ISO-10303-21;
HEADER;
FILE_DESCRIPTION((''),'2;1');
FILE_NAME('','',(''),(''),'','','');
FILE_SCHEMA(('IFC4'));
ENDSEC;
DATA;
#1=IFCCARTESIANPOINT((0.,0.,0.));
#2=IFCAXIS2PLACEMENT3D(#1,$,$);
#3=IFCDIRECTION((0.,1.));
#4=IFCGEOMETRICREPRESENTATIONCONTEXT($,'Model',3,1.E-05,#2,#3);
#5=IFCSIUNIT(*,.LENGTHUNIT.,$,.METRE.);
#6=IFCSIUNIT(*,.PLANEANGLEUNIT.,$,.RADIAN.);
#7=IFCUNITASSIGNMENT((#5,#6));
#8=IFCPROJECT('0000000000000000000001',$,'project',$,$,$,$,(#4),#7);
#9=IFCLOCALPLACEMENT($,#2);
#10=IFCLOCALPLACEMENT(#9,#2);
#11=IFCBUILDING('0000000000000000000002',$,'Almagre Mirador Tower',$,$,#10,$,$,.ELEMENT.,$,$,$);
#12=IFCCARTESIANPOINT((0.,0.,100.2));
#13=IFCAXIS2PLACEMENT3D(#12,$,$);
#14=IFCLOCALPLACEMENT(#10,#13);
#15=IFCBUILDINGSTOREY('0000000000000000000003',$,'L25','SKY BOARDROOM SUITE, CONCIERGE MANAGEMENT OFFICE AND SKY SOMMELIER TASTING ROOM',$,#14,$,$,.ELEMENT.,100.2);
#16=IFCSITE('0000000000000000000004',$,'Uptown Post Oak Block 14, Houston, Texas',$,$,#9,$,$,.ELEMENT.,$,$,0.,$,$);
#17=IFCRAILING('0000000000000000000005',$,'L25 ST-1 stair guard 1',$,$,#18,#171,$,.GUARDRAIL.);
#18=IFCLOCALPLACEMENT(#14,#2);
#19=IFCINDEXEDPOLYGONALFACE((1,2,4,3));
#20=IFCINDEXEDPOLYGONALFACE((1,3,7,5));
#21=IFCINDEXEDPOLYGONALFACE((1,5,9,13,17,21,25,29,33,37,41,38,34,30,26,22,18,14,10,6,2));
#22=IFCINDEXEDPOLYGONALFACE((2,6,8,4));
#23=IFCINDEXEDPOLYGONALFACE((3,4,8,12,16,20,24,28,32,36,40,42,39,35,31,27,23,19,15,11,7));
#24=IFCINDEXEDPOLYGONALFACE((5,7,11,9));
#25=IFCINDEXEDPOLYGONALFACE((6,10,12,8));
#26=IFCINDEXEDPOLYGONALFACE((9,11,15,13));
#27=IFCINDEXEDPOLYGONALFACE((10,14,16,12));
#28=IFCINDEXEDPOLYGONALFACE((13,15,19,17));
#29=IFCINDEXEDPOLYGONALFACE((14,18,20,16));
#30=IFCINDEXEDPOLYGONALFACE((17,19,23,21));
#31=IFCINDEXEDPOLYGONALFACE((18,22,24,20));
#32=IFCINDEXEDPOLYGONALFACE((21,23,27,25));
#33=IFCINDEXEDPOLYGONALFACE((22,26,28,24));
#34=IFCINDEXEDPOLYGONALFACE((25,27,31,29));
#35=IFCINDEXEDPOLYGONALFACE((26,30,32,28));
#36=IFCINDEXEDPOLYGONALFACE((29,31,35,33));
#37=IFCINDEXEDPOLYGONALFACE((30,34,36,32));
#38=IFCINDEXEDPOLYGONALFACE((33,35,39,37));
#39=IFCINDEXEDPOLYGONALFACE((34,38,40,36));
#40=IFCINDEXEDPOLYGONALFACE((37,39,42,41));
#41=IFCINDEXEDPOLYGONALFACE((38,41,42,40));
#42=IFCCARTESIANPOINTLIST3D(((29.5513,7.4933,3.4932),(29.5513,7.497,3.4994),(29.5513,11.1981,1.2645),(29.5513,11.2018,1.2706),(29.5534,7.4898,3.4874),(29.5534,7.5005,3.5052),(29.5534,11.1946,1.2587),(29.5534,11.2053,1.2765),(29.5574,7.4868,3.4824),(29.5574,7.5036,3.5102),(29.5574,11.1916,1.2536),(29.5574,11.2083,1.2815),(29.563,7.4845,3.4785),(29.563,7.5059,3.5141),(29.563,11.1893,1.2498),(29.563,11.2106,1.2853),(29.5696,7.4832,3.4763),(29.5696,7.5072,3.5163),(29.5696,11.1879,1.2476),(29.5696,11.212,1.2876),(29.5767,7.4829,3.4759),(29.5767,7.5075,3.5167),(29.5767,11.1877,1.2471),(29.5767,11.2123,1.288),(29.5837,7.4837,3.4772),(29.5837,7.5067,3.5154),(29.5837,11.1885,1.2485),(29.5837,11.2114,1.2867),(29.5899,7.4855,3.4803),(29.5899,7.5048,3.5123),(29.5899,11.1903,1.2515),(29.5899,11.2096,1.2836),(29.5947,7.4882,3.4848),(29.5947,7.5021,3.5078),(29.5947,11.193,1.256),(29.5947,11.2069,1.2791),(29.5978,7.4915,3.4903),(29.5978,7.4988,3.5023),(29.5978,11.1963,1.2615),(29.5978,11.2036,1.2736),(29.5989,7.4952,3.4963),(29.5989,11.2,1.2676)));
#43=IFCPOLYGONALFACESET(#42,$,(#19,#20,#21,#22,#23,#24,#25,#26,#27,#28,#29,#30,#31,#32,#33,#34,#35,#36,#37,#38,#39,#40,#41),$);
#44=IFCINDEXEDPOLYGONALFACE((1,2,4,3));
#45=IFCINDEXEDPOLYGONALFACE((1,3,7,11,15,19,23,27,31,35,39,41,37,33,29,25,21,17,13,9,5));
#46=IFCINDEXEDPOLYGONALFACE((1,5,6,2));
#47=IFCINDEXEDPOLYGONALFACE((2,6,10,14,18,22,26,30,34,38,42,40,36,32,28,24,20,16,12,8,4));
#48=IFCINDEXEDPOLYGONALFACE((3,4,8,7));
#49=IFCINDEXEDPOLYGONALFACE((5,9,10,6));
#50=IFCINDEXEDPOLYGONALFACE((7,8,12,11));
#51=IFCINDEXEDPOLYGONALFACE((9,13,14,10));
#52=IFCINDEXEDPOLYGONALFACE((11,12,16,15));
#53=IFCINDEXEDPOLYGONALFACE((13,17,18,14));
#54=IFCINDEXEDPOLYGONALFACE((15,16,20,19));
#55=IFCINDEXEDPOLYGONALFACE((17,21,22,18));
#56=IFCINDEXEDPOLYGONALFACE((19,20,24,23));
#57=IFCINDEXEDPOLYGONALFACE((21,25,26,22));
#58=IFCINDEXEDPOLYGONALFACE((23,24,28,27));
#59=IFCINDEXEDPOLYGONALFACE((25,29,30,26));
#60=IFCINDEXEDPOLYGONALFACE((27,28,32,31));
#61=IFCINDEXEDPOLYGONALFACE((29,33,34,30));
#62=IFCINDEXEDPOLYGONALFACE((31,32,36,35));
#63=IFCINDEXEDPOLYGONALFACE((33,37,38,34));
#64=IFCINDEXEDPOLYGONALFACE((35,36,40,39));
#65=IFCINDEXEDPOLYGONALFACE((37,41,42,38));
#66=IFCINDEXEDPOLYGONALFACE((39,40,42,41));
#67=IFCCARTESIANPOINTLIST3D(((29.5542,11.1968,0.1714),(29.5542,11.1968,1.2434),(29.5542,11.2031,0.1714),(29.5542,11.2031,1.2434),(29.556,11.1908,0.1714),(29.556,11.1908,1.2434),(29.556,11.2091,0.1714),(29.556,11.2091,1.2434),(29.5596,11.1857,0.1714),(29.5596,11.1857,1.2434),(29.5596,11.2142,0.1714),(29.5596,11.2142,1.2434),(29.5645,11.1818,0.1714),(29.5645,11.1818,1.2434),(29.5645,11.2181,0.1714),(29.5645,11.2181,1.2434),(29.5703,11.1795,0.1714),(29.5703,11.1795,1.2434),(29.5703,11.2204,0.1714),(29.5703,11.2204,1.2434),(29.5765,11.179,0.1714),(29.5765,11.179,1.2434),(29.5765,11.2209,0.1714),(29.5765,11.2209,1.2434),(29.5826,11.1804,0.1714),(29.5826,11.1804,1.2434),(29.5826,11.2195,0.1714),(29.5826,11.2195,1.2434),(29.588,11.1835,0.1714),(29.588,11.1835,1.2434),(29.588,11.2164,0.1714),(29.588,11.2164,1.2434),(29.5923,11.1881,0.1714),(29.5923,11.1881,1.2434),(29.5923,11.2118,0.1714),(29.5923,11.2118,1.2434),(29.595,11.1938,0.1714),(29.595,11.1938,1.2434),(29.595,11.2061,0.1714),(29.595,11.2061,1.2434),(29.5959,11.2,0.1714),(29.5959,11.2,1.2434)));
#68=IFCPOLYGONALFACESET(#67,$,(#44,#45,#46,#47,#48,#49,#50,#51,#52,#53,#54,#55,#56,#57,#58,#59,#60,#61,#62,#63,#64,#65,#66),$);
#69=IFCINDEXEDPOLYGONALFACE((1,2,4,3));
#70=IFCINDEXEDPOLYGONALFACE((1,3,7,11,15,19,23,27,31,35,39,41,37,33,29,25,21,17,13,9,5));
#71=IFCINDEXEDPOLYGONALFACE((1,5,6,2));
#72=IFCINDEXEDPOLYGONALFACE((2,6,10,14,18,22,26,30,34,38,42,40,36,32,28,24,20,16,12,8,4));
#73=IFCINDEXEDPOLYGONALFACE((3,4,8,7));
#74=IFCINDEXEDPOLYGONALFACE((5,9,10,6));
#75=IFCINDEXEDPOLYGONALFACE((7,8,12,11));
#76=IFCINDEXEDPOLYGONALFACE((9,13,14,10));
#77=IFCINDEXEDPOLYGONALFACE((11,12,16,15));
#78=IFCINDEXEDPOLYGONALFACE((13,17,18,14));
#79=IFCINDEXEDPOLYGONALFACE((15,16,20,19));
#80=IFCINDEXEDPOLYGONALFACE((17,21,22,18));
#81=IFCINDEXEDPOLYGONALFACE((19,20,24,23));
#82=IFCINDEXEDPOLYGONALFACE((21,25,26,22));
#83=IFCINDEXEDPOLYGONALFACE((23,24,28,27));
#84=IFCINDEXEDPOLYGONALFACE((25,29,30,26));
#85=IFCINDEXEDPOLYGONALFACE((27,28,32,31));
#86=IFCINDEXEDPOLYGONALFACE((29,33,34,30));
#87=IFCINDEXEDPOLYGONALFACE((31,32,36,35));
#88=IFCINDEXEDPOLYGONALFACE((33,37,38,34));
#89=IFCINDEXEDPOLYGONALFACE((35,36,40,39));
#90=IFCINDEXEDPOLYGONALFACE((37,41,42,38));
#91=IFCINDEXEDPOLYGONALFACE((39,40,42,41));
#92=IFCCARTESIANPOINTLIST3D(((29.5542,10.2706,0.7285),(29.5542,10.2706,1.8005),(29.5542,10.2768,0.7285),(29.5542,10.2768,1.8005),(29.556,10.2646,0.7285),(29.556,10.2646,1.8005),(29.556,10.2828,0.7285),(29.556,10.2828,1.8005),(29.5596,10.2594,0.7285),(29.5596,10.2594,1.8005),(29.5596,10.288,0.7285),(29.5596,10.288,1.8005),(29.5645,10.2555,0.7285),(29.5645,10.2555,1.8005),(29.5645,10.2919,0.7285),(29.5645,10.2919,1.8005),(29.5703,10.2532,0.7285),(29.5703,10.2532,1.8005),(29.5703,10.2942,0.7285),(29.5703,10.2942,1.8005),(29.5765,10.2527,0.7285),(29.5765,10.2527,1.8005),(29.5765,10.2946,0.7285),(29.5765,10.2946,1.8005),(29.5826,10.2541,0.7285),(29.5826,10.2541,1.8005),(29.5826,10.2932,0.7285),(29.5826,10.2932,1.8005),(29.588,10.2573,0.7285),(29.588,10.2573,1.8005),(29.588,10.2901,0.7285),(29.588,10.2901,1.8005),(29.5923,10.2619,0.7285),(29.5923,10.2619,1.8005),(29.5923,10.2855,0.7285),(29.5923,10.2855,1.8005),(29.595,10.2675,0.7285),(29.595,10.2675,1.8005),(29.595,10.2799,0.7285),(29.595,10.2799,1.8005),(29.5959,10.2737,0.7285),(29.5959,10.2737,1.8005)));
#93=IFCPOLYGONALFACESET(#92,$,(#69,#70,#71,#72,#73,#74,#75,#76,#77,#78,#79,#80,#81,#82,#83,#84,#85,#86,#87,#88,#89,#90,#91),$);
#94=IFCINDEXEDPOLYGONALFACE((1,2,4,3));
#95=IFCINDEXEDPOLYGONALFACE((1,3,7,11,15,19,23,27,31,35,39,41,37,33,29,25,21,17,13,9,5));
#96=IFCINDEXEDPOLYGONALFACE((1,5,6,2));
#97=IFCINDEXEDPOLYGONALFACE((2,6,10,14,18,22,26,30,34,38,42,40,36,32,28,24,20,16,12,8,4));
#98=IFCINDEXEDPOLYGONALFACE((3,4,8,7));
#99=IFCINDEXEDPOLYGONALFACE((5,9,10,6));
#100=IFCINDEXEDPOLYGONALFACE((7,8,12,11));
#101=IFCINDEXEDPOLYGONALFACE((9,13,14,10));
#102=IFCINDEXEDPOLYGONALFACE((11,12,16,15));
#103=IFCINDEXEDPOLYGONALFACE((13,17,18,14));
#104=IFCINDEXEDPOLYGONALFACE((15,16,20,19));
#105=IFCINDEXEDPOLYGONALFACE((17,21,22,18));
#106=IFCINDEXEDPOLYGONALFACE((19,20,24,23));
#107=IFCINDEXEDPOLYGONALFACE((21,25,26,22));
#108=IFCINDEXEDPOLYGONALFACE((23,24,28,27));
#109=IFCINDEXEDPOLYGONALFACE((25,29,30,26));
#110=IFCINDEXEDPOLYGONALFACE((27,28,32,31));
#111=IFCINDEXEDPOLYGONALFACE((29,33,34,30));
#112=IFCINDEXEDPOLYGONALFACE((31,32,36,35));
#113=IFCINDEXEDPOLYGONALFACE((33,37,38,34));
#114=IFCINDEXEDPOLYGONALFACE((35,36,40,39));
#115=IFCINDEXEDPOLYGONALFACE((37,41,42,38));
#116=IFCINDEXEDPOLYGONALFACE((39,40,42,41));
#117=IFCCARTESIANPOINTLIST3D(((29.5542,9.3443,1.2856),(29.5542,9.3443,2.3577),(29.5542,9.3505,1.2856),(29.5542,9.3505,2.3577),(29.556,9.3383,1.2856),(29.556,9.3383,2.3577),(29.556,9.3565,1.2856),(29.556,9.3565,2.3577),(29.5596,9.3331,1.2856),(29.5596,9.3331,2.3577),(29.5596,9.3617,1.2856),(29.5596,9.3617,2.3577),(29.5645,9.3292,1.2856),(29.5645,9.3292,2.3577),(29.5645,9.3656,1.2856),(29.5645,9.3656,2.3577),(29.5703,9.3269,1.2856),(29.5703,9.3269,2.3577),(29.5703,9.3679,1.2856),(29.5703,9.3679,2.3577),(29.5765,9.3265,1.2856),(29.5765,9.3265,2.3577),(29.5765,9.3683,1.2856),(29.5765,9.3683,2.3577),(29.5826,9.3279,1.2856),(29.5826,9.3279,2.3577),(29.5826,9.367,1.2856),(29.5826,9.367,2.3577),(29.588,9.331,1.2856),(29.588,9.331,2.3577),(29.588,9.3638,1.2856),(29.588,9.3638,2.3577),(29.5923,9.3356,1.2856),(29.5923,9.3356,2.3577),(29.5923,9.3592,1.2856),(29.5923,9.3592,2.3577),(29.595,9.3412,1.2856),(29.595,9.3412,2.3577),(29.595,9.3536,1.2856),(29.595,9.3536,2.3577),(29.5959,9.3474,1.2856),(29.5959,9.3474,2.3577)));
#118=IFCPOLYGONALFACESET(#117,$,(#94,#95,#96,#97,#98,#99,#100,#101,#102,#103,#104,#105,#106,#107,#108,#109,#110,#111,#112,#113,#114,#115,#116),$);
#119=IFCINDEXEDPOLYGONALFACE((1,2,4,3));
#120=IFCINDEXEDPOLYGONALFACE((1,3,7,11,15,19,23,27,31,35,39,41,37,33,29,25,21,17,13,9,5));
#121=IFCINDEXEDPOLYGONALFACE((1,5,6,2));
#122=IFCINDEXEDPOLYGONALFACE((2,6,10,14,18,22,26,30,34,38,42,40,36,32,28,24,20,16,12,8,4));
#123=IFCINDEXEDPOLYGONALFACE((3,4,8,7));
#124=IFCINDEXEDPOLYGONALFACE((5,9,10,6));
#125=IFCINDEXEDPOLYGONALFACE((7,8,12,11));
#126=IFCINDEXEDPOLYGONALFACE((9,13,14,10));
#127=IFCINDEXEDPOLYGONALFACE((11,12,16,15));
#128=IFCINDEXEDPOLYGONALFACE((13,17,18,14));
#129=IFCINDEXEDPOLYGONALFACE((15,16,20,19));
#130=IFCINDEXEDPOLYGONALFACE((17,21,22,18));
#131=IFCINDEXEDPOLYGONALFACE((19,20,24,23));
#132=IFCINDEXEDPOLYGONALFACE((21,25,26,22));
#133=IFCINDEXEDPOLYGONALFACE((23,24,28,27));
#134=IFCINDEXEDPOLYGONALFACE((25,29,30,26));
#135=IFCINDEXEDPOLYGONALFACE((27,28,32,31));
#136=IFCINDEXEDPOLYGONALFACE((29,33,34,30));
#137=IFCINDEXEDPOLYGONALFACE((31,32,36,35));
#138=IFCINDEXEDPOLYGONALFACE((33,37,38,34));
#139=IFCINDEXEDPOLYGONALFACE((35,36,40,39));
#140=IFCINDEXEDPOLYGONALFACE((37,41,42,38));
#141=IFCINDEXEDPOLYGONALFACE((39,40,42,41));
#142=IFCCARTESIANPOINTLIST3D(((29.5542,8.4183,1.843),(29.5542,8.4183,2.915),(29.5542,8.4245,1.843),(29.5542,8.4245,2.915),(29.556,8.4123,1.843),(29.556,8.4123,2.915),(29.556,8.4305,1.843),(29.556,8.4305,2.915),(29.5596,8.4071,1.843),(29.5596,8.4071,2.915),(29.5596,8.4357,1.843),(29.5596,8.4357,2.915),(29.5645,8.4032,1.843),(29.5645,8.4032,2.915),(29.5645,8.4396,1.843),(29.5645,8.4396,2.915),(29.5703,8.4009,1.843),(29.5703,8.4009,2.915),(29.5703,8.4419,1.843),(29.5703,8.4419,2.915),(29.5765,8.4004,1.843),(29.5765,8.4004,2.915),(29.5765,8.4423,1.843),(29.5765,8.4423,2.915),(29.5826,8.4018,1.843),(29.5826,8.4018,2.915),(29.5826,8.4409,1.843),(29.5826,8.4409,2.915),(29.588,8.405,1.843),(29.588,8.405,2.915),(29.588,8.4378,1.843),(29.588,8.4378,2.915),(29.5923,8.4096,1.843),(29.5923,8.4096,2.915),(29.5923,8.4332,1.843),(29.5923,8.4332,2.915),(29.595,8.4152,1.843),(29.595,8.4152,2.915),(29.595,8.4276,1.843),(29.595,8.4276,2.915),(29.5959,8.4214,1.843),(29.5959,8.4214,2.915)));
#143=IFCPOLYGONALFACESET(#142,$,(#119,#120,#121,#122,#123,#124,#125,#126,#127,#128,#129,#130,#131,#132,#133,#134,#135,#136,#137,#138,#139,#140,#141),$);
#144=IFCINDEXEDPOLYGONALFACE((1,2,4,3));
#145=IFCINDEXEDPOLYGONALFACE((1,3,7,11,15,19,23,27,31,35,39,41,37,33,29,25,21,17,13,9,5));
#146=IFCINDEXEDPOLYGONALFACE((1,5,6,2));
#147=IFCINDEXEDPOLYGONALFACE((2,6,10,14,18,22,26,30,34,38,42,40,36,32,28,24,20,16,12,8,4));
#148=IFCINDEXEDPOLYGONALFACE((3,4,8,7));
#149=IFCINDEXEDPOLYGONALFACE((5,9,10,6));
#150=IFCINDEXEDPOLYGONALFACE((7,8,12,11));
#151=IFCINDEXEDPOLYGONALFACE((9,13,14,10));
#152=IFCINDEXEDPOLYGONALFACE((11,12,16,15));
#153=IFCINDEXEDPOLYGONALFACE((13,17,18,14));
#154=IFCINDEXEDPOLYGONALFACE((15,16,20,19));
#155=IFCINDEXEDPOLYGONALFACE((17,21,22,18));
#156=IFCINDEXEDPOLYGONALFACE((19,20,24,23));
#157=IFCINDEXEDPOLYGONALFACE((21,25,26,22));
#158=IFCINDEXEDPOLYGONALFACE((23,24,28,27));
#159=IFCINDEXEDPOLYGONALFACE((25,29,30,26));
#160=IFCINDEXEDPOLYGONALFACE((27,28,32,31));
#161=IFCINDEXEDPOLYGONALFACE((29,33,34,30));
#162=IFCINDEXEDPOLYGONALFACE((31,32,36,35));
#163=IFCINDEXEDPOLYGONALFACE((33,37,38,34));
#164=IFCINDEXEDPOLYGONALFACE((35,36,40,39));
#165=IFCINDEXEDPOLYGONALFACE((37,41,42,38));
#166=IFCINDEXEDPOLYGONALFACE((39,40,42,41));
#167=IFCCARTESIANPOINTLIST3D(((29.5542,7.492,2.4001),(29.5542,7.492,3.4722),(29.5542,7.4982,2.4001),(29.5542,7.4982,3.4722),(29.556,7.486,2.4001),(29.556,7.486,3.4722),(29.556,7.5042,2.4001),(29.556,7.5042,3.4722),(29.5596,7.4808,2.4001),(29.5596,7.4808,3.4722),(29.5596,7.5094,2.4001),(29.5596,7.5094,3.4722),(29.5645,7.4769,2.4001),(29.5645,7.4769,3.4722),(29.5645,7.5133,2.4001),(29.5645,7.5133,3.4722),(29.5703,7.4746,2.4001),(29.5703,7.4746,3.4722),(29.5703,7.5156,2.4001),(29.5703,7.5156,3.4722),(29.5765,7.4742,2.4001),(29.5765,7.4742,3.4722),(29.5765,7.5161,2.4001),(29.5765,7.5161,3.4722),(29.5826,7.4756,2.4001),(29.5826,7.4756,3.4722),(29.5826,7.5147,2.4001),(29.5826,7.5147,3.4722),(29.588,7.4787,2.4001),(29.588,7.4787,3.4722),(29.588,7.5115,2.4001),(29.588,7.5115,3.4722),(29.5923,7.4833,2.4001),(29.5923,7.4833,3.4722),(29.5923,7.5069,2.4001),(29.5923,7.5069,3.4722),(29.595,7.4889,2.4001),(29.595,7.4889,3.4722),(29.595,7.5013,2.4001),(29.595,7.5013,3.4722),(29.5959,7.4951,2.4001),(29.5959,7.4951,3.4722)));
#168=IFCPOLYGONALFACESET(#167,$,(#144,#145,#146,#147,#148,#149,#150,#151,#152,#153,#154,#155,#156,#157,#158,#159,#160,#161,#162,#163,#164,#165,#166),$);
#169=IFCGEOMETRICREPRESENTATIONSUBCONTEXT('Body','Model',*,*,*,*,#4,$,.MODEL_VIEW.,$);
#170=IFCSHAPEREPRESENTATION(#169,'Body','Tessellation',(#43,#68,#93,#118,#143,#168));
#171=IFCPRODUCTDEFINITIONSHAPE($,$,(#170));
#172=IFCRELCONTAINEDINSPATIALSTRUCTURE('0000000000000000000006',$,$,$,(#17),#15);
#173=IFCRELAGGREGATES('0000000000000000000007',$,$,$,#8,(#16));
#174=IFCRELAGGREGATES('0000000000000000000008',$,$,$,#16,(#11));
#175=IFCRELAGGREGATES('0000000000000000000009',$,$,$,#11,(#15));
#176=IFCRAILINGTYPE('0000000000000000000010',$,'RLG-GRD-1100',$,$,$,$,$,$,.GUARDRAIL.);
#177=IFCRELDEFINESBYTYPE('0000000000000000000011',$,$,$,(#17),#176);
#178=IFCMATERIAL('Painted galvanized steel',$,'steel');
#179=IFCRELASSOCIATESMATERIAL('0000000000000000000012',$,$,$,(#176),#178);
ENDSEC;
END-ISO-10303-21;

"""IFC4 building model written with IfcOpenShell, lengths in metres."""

from ifc_helpers import new_model, si_unit, direction, frame, origin, origin_2d, place, context, subcontext, project, spatial, circle, extrude, material, type_object, element, save


model = new_model("IFC4")

# Units and contexts
model_context = context("Model", 3, precision=1e-05, world=origin(), true_north=direction((0.0, 1.0)))
body_context = subcontext(model_context, "Body", "Model", "MODEL_VIEW")
ifc_project = project(units=[si_unit("LENGTHUNIT", "METRE"), si_unit("PLANEANGLEUNIT", "RADIAN")], contexts=[model_context])

# Site, building, storey
site_placement = place(None, origin())
site = spatial("IfcSite", under=ifc_project, at=site_placement, Name="Uptown Post Oak Block 14, Houston, Texas", CompositionType="ELEMENT", RefElevation=0.0)
building_placement = place(site_placement, origin())
building = spatial("IfcBuilding", under=site, at=building_placement, Name="Almagre Mirador Tower", CompositionType="ELEMENT")
storey_placement = place(building_placement, frame((0.0, 0.0, 100.2)))
storey = spatial("IfcBuildingStorey", under=building, at=storey_placement, Name="L25", Description="SKY BOARDROOM SUITE, CONCIERGE MANAGEMENT OFFICE AND SKY SOMMELIER TASTING ROOM", CompositionType="ELEMENT", Elevation=100.2)

# Railing
ifc_material_1 = material(Name="Painted galvanized steel", Category="steel")
railing_type_1 = type_object("IfcRailingType", Name="RLG-GRD-1100", PredefinedType="GUARDRAIL", material=ifc_material_1)
railing_1_placement = place(storey_placement, frame((29.575, 11.2, 0.1714)))
element("IfcRailing", 1, at=railing_1_placement, inside=storey, type_object=railing_type_1, Name="L25 ST-1 stair guard 1", PredefinedType="GUARDRAIL", context=body_context, shape_type="SweptSolid", body=[
    extrude(circle(Radius=0.0239, at=origin_2d()), frame((0.0, 0.0, 1.0962), z_axis=(0.0, -0.856894, 0.515492), x_axis=(1.0, 0.0, 0.0)), (0.0, 0.0, 1.0), 4.3235),
    extrude(circle(Radius=0.021, at=origin_2d()), origin(), (0.0, 0.0, 1.0), 1.072),
    extrude(circle(Radius=0.021, at=origin_2d()), frame((0.0, -0.9263, 0.5571)), (0.0, 0.0, 1.0), 1.072),
    extrude(circle(Radius=0.021, at=origin_2d()), frame((0.0, -1.8525, 1.1143)), (0.0, 0.0, 1.0), 1.072),
    extrude(circle(Radius=0.021, at=origin_2d()), frame((0.0, -2.7786, 1.6716)), (0.0, 0.0, 1.0), 1.072),
    extrude(circle(Radius=0.021, at=origin_2d()), frame((0.0, -3.7048, 2.2288)), (0.0, 0.0, 1.0), 1.072),
])

save(model, "model.ifc")
